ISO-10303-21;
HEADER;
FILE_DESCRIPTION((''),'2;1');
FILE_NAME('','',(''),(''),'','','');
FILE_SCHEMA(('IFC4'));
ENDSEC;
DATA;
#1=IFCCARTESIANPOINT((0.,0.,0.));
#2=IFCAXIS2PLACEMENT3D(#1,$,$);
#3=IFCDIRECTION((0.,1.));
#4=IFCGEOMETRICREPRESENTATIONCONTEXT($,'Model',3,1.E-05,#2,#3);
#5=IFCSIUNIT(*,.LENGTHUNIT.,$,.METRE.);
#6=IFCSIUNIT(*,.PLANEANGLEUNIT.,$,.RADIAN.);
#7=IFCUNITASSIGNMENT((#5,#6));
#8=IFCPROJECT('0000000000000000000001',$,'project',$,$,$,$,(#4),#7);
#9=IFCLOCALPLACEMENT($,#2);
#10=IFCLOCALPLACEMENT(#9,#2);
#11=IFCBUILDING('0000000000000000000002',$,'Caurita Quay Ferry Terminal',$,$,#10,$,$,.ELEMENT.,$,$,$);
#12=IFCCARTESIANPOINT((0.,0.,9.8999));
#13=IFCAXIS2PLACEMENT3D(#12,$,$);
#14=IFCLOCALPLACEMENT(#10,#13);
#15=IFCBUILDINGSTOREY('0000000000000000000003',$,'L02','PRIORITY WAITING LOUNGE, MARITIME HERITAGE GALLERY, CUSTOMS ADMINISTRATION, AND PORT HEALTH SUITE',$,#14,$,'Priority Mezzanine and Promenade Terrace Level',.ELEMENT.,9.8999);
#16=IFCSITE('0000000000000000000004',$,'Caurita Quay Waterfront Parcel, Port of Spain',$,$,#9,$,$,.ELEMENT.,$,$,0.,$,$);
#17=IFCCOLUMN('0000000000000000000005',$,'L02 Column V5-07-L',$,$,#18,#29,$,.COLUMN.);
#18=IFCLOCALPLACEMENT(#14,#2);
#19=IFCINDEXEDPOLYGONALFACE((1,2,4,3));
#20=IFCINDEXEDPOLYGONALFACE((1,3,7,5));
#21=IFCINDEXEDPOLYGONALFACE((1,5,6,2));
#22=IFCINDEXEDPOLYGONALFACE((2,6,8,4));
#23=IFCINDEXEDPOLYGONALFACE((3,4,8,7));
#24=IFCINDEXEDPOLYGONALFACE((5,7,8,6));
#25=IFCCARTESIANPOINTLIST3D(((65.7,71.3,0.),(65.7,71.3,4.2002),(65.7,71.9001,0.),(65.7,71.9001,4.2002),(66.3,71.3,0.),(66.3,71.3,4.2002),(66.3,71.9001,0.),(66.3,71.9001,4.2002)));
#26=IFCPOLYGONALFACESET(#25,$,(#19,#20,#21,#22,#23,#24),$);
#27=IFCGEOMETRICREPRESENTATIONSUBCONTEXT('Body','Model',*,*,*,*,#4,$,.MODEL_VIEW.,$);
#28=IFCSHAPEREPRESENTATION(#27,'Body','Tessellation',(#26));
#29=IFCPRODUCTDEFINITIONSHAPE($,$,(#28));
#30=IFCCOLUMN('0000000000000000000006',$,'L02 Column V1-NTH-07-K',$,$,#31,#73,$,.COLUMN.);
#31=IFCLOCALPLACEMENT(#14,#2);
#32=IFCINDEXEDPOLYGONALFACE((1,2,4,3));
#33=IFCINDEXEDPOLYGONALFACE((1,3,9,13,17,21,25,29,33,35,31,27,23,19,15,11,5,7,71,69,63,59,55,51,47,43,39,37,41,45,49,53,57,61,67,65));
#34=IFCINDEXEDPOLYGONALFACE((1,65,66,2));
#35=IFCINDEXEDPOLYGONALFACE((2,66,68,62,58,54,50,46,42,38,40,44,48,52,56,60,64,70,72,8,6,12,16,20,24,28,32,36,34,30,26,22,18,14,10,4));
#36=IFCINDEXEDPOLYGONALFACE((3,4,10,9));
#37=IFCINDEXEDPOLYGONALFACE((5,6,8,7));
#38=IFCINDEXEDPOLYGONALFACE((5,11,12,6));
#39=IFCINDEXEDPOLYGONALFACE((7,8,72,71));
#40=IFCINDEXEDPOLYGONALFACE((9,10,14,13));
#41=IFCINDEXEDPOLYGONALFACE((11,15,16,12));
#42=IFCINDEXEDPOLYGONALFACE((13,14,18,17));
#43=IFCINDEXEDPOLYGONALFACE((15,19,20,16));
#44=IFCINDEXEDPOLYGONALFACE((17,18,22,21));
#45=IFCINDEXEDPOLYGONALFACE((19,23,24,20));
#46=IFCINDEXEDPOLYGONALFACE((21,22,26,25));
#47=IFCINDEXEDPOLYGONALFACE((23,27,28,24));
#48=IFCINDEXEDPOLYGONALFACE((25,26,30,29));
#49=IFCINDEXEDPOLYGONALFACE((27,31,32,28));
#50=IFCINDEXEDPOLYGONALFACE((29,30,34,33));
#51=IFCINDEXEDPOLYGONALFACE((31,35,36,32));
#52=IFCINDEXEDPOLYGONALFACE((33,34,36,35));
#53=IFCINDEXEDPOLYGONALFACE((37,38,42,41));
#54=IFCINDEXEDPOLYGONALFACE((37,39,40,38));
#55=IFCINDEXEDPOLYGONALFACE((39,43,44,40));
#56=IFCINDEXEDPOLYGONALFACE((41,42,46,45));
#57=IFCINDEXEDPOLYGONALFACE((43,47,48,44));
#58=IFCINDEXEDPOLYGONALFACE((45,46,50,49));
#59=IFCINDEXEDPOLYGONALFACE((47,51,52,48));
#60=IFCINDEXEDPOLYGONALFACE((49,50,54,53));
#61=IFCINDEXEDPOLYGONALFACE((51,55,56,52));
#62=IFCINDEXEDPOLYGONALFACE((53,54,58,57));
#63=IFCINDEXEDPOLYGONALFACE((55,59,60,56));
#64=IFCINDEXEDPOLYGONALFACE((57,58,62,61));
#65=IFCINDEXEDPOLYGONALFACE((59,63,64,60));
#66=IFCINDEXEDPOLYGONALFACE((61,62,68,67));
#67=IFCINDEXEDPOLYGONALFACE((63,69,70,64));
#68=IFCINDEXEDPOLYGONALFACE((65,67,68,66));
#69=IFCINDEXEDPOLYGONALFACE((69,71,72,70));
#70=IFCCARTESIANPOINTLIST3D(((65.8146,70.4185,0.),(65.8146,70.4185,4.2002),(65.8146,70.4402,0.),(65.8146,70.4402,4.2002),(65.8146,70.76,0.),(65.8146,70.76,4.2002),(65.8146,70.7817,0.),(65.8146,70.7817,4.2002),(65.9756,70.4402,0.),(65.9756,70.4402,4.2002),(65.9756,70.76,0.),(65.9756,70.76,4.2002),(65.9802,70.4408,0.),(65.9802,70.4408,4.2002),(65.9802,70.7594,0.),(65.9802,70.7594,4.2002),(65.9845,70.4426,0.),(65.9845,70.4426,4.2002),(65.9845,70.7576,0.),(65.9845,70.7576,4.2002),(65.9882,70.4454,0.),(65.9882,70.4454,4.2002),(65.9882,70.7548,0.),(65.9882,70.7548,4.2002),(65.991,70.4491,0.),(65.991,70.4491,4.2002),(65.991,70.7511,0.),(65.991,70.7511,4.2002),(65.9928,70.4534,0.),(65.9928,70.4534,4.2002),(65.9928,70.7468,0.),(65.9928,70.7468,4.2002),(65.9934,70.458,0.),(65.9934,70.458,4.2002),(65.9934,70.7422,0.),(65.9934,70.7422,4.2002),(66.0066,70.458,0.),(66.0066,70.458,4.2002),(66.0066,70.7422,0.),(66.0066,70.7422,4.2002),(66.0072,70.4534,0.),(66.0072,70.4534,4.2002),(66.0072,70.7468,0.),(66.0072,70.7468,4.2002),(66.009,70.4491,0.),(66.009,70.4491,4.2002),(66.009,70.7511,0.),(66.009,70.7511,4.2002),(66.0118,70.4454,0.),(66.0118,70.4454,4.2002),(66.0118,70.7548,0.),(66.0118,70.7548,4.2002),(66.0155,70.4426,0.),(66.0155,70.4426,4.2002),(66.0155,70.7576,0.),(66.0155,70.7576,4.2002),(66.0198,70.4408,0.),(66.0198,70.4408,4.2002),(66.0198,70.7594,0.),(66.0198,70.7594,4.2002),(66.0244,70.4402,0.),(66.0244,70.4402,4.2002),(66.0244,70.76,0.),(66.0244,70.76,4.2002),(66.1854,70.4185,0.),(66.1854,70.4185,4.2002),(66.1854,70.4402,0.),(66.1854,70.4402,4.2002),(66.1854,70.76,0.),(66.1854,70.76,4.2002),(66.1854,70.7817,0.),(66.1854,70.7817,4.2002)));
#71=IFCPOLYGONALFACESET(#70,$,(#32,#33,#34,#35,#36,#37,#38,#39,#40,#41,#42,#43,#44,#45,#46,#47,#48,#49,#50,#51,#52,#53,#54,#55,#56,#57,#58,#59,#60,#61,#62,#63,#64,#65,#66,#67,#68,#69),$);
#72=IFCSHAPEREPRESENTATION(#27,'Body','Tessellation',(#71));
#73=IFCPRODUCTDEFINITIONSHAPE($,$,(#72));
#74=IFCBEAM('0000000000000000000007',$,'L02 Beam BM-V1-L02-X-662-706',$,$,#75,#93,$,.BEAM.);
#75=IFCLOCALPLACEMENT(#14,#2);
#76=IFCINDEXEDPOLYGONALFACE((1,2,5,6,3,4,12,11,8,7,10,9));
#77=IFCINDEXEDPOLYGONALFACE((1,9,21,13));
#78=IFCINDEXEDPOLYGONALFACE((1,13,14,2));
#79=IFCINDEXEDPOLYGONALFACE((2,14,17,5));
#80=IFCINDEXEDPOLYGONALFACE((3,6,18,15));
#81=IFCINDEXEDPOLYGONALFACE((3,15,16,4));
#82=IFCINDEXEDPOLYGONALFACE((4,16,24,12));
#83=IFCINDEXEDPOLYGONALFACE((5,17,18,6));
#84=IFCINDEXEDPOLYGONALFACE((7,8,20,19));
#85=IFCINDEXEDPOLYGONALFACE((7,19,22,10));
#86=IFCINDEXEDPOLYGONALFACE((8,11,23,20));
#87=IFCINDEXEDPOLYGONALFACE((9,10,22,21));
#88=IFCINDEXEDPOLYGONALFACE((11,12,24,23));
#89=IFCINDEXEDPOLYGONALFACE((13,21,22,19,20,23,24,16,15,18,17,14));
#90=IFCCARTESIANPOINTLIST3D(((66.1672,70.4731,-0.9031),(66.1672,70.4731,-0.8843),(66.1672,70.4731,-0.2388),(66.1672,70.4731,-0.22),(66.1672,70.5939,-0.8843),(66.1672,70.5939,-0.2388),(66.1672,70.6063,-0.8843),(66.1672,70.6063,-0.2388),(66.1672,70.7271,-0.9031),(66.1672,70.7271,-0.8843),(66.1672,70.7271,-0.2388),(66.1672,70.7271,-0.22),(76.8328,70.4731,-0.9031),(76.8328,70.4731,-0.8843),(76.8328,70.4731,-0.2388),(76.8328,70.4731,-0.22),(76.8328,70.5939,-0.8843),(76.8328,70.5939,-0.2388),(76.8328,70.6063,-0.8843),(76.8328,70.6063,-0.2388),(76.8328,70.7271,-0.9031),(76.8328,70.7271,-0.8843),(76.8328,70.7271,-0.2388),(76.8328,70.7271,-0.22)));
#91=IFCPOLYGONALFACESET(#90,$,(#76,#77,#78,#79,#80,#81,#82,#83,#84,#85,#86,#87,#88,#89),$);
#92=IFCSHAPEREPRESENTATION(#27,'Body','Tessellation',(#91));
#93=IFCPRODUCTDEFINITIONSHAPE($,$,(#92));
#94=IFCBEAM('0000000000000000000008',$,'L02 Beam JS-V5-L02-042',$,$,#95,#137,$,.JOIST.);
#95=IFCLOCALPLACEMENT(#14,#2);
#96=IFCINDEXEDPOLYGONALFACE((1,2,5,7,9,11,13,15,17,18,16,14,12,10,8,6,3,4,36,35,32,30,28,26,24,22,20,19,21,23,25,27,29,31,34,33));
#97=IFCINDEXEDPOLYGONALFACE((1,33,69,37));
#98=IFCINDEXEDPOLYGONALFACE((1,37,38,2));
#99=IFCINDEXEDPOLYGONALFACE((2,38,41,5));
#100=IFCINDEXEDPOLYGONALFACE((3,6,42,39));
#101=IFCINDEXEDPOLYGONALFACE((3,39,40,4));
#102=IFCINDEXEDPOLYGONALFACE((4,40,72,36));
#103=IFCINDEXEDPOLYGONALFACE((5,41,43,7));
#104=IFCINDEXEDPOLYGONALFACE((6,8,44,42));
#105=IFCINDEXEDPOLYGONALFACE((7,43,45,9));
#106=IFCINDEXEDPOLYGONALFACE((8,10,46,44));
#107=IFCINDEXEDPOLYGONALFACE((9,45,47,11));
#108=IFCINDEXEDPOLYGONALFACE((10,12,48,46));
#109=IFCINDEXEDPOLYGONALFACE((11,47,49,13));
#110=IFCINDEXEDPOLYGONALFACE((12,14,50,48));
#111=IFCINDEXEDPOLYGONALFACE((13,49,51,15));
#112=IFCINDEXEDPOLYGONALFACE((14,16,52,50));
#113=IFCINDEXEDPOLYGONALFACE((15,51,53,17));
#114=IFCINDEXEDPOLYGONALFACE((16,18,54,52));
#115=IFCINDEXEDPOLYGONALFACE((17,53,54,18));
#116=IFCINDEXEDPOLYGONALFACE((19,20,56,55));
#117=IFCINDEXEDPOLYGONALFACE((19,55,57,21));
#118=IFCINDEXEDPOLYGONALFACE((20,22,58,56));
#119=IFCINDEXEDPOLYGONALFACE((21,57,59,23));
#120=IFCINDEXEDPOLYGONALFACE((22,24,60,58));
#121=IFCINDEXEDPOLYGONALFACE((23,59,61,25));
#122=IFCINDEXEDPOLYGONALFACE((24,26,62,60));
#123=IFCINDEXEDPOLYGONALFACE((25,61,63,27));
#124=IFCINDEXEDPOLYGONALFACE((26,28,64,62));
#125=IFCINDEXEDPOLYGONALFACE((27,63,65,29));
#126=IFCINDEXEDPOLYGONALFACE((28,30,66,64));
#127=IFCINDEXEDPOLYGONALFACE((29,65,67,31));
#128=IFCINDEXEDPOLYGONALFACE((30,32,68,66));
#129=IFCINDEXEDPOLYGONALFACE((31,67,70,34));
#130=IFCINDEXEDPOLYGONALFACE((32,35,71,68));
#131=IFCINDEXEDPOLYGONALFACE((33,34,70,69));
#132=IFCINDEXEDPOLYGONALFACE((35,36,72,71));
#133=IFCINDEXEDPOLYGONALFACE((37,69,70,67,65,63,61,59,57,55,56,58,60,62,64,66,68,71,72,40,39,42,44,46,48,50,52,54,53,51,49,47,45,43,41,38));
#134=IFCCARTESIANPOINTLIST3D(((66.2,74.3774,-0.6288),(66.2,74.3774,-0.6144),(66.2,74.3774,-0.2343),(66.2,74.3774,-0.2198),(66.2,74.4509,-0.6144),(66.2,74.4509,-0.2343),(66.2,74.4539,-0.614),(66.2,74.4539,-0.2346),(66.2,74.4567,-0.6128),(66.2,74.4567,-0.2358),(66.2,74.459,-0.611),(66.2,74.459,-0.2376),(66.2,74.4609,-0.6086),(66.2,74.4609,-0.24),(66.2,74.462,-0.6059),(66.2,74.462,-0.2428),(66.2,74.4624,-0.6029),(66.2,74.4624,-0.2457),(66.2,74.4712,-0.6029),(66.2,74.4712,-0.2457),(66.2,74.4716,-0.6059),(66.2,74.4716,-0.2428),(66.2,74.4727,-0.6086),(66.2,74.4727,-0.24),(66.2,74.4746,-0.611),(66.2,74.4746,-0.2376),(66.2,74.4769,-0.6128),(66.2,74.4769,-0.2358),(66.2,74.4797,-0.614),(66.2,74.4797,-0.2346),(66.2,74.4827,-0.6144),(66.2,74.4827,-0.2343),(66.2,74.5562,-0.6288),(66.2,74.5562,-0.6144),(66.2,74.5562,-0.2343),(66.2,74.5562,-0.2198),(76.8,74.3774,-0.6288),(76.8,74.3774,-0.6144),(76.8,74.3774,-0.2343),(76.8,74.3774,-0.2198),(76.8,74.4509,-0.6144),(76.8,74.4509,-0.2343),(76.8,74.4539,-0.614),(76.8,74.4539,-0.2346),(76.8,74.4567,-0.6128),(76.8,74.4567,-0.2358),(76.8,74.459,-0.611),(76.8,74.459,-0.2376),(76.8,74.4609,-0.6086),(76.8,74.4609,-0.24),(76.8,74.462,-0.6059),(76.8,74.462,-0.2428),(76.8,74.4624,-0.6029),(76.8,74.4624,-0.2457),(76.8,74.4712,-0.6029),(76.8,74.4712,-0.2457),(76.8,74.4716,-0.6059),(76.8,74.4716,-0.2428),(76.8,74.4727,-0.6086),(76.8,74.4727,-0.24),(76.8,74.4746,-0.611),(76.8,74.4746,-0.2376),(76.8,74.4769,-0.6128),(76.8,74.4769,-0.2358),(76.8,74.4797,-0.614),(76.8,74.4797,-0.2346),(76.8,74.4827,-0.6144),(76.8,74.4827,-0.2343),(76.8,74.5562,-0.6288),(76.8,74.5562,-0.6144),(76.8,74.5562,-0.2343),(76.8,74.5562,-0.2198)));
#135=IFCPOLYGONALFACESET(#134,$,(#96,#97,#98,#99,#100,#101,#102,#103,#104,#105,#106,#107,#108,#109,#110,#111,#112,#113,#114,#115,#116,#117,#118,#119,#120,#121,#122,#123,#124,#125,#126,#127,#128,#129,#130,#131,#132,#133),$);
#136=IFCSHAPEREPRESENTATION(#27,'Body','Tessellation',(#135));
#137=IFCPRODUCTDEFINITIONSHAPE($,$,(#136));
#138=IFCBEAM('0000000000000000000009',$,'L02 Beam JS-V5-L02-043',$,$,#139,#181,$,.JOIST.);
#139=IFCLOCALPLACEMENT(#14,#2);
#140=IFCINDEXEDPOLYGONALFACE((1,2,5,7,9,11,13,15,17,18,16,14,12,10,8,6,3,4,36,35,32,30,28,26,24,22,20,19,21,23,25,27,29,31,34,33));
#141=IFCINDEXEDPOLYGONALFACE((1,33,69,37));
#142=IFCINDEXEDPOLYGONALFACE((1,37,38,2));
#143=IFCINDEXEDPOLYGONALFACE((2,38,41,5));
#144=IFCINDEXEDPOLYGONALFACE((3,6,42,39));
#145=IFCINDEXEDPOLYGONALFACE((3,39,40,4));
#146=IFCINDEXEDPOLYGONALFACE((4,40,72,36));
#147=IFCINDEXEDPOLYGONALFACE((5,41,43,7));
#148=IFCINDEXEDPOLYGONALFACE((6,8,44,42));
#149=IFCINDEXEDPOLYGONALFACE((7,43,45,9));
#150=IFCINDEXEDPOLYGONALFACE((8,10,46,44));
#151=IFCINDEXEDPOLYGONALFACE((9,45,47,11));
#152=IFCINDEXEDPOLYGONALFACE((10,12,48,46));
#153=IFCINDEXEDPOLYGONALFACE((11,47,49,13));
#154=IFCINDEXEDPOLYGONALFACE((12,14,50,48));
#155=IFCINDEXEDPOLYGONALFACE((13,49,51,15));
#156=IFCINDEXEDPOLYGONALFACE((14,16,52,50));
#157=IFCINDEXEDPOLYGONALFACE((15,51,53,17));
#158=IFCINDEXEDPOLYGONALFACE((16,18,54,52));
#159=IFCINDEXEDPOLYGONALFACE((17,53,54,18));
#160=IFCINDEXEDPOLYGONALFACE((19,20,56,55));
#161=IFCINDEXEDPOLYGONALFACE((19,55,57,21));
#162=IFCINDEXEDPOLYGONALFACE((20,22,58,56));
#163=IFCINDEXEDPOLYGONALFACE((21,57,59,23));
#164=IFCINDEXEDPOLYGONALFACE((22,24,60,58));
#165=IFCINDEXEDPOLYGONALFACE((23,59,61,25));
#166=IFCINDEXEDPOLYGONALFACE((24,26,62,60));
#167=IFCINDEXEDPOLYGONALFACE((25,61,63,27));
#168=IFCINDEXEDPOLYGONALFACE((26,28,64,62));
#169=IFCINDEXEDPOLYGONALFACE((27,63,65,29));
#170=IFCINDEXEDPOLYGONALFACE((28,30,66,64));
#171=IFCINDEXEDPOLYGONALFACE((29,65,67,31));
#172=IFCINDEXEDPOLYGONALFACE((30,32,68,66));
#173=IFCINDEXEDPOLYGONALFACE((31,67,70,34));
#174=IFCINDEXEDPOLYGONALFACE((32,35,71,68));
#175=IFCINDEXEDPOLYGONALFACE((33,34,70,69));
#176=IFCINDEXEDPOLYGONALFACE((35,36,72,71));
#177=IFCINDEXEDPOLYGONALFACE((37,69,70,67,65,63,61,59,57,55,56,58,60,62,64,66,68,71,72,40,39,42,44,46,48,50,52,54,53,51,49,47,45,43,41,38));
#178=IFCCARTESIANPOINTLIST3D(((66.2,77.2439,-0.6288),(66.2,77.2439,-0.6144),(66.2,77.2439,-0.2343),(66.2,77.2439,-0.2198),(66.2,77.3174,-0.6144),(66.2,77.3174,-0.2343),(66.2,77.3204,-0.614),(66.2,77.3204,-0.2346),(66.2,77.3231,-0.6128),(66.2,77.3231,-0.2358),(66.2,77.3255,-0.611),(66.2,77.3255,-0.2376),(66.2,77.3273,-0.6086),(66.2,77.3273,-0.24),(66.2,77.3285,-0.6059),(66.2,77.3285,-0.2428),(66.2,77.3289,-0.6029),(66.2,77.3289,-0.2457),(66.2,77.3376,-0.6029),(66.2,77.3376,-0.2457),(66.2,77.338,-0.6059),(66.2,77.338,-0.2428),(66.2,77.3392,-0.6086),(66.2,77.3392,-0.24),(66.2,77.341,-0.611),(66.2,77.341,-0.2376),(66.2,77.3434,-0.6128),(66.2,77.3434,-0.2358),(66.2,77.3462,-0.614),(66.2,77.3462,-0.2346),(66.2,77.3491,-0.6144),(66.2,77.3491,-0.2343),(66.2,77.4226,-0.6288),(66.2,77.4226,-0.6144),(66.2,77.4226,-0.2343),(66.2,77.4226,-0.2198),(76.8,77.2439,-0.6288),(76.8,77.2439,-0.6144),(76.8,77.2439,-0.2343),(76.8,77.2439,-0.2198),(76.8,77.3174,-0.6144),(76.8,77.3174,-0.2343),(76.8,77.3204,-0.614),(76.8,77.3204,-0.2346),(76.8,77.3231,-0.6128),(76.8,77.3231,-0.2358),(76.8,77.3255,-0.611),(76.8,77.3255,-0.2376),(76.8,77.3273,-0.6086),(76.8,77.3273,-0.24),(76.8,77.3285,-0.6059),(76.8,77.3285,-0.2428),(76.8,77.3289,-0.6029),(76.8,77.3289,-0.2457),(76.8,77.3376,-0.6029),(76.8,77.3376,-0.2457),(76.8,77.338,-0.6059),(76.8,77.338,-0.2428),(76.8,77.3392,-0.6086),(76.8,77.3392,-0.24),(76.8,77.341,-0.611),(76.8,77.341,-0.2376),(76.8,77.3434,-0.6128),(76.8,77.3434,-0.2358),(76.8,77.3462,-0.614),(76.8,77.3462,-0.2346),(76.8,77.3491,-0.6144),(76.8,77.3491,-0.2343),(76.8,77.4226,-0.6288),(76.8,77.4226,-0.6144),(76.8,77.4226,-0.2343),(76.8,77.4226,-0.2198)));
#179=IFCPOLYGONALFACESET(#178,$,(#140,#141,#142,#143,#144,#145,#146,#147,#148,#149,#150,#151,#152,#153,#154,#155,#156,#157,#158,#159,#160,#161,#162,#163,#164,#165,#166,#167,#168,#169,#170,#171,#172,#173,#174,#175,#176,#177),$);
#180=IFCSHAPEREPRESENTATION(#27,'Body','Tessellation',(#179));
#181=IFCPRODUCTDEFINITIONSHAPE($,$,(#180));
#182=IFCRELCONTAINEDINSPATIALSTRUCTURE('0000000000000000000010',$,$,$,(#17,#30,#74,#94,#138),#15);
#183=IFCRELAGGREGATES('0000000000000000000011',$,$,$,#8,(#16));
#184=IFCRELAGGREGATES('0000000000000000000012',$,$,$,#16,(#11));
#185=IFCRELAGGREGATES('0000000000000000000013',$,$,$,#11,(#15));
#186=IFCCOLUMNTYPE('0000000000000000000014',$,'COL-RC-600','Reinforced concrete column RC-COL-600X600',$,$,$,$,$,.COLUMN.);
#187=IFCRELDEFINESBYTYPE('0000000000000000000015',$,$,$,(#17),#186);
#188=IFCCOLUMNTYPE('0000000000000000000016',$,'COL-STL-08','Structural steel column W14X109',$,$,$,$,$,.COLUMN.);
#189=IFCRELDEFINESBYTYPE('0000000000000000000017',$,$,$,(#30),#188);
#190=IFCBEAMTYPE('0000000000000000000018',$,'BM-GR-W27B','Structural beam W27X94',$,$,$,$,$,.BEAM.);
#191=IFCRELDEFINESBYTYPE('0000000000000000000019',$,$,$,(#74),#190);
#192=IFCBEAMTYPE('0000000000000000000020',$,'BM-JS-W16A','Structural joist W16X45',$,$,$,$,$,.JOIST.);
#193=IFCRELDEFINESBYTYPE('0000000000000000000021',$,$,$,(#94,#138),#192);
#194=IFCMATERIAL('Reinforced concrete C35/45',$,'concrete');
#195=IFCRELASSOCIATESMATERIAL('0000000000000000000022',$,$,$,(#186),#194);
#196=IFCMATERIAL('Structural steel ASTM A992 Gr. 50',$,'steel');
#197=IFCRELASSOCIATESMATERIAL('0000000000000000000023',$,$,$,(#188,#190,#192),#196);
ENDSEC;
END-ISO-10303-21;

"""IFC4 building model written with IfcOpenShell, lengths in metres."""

from ifc_helpers import new_model, si_unit, direction, frame, origin, origin_2d, place, context, subcontext, project, spatial, rectangle, i_section, extrude, material, material_profile, profile_set, type_object, element, save


model = new_model("IFC4")

# Units and contexts
model_context = context("Model", 3, precision=1e-05, world=origin(), true_north=direction((0.0, 1.0)))
body_context = subcontext(model_context, "Body", "Model", "MODEL_VIEW")
ifc_project = project(units=[si_unit("LENGTHUNIT", "METRE"), si_unit("PLANEANGLEUNIT", "RADIAN")], contexts=[model_context])

# Site, building, storey
site_placement = place(None, origin())
site = spatial("IfcSite", under=ifc_project, at=site_placement, Name="Caurita Quay Waterfront Parcel, Port of Spain", CompositionType="ELEMENT", RefElevation=0.0)
building_placement = place(site_placement, origin())
building = spatial("IfcBuilding", under=site, at=building_placement, Name="Caurita Quay Ferry Terminal", CompositionType="ELEMENT")
storey_placement = place(building_placement, frame((0.0, 0.0, 9.8999)))
storey = spatial("IfcBuildingStorey", under=building, at=storey_placement, Name="L02", Description="PRIORITY WAITING LOUNGE, MARITIME HERITAGE GALLERY, CUSTOMS ADMINISTRATION, AND PORT HEALTH SUITE", LongName="Priority Mezzanine and Promenade Terrace Level", CompositionType="ELEMENT", Elevation=9.8999)

# Columns
ifc_material_1 = material(Name="Reinforced concrete C35/45", Category="concrete")
ifc_material_profile_1 = material_profile(ifc_material_1, rectangle(XDim=0.6001, YDim=0.6001, at=origin_2d()), Name="RC-COL-600X600")
ifc_profile_set_1 = profile_set([ifc_material_profile_1], Name="Reinforced concrete C35/45")
column_type_1 = type_object("IfcColumnType", Name="COL-RC-600", Description="Reinforced concrete column RC-COL-600X600", PredefinedType="COLUMN", material=ifc_profile_set_1)
column_1_placement = place(storey_placement, frame((66.0, 71.6001, 0.0), z_axis=(0.0, 0.0, 1.0), x_axis=(1.0, 0.0, 0.0)))
element("IfcColumn", 1, at=column_1_placement, inside=storey, type_object=column_type_1, Name="L02 Column V5-07-L", PredefinedType="COLUMN", context=body_context, shape_type="SweptSolid", body=[
    extrude(rectangle(XDim=0.6001, YDim=0.6001, at=origin_2d()), origin(), (0.0, 0.0, 1.0), 4.2002),
])
ifc_material_2 = material(Name="Structural steel ASTM A992 Gr. 50", Category="steel")
ifc_material_profile_2 = material_profile(ifc_material_2, i_section(OverallWidth=0.3708, OverallDepth=0.3633, WebThickness=0.0132, FlangeThickness=0.0217, FilletRadius=0.0178, at=origin_2d()), Name="W14X109")
ifc_profile_set_2 = profile_set([ifc_material_profile_2], Name="Structural steel ASTM A992 Gr. 50")
column_type_2 = type_object("IfcColumnType", Name="COL-STL-08", Description="Structural steel column W14X109", PredefinedType="COLUMN", material=ifc_profile_set_2)
column_2_placement = place(storey_placement, frame((66.0, 70.6001, 0.0), z_axis=(0.0, 0.0, 1.0), x_axis=(1.0, 0.0, 0.0)))
element("IfcColumn", 2, at=column_2_placement, inside=storey, type_object=column_type_2, Name="L02 Column V1-NTH-07-K", PredefinedType="COLUMN", context=body_context, shape_type="SweptSolid", body=[
    extrude(i_section(OverallWidth=0.3708, OverallDepth=0.3633, WebThickness=0.0132, FlangeThickness=0.0217, FilletRadius=0.0178, at=origin_2d()), origin(), (0.0, 0.0, 1.0), 4.2002),
])

# Beams
ifc_material_profile_3 = material_profile(ifc_material_2, i_section(OverallWidth=0.2539, OverallDepth=0.6831, WebThickness=0.0125, FlangeThickness=0.0188, at=origin_2d()), Name="W27X94")
ifc_profile_set_3 = profile_set([ifc_material_profile_3], Name="Structural steel ASTM A992 Gr. 50")
beam_type_1 = type_object("IfcBeamType", Name="BM-GR-W27B", Description="Structural beam W27X94", PredefinedType="BEAM", material=ifc_profile_set_3)
beam_1_placement = place(storey_placement, frame((66.1672, 70.6001, -0.5615), z_axis=(1.0, 0.0, 0.0), x_axis=(0.0, 1.0, 0.0)))
element("IfcBeam", 3, at=beam_1_placement, inside=storey, type_object=beam_type_1, Name="L02 Beam BM-V1-L02-X-662-706", PredefinedType="BEAM", context=body_context, shape_type="SweptSolid", body=[
    extrude(i_section(OverallWidth=0.2539, OverallDepth=0.6831, WebThickness=0.0125, FlangeThickness=0.0188, at=origin_2d()), origin(), (0.0, 0.0, 1.0), 10.6655),
])
ifc_material_profile_4 = material_profile(ifc_material_2, i_section(OverallWidth=0.1787, OverallDepth=0.4089, WebThickness=0.0088, FlangeThickness=0.0144, FilletRadius=0.0115, at=origin_2d()), Name="W16X45")
ifc_profile_set_4 = profile_set([ifc_material_profile_4], Name="Structural steel ASTM A992 Gr. 50")
beam_type_2 = type_object("IfcBeamType", Name="BM-JS-W16A", Description="Structural joist W16X45", PredefinedType="JOIST", material=ifc_profile_set_4)
for number, where, z_axis, x_axis, name in (
    (4, (66.2, 74.4668, -0.4243), (1.0, 0.0, 0.0), (0.0, 1.0, 0.0), "L02 Beam JS-V5-L02-042"),
    (5, (66.2, 77.3333, -0.4243), (1.0, 0.0, 0.0), (0.0, 1.0, 0.0), "L02 Beam JS-V5-L02-043"),
):
    element("IfcBeam", number, at=place(storey_placement, frame(where, z_axis=z_axis, x_axis=x_axis)), inside=storey, type_object=beam_type_2, Name=name, PredefinedType="JOIST", context=body_context, shape_type="SweptSolid", body=[
        extrude(i_section(OverallWidth=0.1787, OverallDepth=0.4089, WebThickness=0.0088, FlangeThickness=0.0144, FilletRadius=0.0115, at=origin_2d()), origin(), (0.0, 0.0, 1.0), 10.6001),
    ])

save(model, "model.ifc")
